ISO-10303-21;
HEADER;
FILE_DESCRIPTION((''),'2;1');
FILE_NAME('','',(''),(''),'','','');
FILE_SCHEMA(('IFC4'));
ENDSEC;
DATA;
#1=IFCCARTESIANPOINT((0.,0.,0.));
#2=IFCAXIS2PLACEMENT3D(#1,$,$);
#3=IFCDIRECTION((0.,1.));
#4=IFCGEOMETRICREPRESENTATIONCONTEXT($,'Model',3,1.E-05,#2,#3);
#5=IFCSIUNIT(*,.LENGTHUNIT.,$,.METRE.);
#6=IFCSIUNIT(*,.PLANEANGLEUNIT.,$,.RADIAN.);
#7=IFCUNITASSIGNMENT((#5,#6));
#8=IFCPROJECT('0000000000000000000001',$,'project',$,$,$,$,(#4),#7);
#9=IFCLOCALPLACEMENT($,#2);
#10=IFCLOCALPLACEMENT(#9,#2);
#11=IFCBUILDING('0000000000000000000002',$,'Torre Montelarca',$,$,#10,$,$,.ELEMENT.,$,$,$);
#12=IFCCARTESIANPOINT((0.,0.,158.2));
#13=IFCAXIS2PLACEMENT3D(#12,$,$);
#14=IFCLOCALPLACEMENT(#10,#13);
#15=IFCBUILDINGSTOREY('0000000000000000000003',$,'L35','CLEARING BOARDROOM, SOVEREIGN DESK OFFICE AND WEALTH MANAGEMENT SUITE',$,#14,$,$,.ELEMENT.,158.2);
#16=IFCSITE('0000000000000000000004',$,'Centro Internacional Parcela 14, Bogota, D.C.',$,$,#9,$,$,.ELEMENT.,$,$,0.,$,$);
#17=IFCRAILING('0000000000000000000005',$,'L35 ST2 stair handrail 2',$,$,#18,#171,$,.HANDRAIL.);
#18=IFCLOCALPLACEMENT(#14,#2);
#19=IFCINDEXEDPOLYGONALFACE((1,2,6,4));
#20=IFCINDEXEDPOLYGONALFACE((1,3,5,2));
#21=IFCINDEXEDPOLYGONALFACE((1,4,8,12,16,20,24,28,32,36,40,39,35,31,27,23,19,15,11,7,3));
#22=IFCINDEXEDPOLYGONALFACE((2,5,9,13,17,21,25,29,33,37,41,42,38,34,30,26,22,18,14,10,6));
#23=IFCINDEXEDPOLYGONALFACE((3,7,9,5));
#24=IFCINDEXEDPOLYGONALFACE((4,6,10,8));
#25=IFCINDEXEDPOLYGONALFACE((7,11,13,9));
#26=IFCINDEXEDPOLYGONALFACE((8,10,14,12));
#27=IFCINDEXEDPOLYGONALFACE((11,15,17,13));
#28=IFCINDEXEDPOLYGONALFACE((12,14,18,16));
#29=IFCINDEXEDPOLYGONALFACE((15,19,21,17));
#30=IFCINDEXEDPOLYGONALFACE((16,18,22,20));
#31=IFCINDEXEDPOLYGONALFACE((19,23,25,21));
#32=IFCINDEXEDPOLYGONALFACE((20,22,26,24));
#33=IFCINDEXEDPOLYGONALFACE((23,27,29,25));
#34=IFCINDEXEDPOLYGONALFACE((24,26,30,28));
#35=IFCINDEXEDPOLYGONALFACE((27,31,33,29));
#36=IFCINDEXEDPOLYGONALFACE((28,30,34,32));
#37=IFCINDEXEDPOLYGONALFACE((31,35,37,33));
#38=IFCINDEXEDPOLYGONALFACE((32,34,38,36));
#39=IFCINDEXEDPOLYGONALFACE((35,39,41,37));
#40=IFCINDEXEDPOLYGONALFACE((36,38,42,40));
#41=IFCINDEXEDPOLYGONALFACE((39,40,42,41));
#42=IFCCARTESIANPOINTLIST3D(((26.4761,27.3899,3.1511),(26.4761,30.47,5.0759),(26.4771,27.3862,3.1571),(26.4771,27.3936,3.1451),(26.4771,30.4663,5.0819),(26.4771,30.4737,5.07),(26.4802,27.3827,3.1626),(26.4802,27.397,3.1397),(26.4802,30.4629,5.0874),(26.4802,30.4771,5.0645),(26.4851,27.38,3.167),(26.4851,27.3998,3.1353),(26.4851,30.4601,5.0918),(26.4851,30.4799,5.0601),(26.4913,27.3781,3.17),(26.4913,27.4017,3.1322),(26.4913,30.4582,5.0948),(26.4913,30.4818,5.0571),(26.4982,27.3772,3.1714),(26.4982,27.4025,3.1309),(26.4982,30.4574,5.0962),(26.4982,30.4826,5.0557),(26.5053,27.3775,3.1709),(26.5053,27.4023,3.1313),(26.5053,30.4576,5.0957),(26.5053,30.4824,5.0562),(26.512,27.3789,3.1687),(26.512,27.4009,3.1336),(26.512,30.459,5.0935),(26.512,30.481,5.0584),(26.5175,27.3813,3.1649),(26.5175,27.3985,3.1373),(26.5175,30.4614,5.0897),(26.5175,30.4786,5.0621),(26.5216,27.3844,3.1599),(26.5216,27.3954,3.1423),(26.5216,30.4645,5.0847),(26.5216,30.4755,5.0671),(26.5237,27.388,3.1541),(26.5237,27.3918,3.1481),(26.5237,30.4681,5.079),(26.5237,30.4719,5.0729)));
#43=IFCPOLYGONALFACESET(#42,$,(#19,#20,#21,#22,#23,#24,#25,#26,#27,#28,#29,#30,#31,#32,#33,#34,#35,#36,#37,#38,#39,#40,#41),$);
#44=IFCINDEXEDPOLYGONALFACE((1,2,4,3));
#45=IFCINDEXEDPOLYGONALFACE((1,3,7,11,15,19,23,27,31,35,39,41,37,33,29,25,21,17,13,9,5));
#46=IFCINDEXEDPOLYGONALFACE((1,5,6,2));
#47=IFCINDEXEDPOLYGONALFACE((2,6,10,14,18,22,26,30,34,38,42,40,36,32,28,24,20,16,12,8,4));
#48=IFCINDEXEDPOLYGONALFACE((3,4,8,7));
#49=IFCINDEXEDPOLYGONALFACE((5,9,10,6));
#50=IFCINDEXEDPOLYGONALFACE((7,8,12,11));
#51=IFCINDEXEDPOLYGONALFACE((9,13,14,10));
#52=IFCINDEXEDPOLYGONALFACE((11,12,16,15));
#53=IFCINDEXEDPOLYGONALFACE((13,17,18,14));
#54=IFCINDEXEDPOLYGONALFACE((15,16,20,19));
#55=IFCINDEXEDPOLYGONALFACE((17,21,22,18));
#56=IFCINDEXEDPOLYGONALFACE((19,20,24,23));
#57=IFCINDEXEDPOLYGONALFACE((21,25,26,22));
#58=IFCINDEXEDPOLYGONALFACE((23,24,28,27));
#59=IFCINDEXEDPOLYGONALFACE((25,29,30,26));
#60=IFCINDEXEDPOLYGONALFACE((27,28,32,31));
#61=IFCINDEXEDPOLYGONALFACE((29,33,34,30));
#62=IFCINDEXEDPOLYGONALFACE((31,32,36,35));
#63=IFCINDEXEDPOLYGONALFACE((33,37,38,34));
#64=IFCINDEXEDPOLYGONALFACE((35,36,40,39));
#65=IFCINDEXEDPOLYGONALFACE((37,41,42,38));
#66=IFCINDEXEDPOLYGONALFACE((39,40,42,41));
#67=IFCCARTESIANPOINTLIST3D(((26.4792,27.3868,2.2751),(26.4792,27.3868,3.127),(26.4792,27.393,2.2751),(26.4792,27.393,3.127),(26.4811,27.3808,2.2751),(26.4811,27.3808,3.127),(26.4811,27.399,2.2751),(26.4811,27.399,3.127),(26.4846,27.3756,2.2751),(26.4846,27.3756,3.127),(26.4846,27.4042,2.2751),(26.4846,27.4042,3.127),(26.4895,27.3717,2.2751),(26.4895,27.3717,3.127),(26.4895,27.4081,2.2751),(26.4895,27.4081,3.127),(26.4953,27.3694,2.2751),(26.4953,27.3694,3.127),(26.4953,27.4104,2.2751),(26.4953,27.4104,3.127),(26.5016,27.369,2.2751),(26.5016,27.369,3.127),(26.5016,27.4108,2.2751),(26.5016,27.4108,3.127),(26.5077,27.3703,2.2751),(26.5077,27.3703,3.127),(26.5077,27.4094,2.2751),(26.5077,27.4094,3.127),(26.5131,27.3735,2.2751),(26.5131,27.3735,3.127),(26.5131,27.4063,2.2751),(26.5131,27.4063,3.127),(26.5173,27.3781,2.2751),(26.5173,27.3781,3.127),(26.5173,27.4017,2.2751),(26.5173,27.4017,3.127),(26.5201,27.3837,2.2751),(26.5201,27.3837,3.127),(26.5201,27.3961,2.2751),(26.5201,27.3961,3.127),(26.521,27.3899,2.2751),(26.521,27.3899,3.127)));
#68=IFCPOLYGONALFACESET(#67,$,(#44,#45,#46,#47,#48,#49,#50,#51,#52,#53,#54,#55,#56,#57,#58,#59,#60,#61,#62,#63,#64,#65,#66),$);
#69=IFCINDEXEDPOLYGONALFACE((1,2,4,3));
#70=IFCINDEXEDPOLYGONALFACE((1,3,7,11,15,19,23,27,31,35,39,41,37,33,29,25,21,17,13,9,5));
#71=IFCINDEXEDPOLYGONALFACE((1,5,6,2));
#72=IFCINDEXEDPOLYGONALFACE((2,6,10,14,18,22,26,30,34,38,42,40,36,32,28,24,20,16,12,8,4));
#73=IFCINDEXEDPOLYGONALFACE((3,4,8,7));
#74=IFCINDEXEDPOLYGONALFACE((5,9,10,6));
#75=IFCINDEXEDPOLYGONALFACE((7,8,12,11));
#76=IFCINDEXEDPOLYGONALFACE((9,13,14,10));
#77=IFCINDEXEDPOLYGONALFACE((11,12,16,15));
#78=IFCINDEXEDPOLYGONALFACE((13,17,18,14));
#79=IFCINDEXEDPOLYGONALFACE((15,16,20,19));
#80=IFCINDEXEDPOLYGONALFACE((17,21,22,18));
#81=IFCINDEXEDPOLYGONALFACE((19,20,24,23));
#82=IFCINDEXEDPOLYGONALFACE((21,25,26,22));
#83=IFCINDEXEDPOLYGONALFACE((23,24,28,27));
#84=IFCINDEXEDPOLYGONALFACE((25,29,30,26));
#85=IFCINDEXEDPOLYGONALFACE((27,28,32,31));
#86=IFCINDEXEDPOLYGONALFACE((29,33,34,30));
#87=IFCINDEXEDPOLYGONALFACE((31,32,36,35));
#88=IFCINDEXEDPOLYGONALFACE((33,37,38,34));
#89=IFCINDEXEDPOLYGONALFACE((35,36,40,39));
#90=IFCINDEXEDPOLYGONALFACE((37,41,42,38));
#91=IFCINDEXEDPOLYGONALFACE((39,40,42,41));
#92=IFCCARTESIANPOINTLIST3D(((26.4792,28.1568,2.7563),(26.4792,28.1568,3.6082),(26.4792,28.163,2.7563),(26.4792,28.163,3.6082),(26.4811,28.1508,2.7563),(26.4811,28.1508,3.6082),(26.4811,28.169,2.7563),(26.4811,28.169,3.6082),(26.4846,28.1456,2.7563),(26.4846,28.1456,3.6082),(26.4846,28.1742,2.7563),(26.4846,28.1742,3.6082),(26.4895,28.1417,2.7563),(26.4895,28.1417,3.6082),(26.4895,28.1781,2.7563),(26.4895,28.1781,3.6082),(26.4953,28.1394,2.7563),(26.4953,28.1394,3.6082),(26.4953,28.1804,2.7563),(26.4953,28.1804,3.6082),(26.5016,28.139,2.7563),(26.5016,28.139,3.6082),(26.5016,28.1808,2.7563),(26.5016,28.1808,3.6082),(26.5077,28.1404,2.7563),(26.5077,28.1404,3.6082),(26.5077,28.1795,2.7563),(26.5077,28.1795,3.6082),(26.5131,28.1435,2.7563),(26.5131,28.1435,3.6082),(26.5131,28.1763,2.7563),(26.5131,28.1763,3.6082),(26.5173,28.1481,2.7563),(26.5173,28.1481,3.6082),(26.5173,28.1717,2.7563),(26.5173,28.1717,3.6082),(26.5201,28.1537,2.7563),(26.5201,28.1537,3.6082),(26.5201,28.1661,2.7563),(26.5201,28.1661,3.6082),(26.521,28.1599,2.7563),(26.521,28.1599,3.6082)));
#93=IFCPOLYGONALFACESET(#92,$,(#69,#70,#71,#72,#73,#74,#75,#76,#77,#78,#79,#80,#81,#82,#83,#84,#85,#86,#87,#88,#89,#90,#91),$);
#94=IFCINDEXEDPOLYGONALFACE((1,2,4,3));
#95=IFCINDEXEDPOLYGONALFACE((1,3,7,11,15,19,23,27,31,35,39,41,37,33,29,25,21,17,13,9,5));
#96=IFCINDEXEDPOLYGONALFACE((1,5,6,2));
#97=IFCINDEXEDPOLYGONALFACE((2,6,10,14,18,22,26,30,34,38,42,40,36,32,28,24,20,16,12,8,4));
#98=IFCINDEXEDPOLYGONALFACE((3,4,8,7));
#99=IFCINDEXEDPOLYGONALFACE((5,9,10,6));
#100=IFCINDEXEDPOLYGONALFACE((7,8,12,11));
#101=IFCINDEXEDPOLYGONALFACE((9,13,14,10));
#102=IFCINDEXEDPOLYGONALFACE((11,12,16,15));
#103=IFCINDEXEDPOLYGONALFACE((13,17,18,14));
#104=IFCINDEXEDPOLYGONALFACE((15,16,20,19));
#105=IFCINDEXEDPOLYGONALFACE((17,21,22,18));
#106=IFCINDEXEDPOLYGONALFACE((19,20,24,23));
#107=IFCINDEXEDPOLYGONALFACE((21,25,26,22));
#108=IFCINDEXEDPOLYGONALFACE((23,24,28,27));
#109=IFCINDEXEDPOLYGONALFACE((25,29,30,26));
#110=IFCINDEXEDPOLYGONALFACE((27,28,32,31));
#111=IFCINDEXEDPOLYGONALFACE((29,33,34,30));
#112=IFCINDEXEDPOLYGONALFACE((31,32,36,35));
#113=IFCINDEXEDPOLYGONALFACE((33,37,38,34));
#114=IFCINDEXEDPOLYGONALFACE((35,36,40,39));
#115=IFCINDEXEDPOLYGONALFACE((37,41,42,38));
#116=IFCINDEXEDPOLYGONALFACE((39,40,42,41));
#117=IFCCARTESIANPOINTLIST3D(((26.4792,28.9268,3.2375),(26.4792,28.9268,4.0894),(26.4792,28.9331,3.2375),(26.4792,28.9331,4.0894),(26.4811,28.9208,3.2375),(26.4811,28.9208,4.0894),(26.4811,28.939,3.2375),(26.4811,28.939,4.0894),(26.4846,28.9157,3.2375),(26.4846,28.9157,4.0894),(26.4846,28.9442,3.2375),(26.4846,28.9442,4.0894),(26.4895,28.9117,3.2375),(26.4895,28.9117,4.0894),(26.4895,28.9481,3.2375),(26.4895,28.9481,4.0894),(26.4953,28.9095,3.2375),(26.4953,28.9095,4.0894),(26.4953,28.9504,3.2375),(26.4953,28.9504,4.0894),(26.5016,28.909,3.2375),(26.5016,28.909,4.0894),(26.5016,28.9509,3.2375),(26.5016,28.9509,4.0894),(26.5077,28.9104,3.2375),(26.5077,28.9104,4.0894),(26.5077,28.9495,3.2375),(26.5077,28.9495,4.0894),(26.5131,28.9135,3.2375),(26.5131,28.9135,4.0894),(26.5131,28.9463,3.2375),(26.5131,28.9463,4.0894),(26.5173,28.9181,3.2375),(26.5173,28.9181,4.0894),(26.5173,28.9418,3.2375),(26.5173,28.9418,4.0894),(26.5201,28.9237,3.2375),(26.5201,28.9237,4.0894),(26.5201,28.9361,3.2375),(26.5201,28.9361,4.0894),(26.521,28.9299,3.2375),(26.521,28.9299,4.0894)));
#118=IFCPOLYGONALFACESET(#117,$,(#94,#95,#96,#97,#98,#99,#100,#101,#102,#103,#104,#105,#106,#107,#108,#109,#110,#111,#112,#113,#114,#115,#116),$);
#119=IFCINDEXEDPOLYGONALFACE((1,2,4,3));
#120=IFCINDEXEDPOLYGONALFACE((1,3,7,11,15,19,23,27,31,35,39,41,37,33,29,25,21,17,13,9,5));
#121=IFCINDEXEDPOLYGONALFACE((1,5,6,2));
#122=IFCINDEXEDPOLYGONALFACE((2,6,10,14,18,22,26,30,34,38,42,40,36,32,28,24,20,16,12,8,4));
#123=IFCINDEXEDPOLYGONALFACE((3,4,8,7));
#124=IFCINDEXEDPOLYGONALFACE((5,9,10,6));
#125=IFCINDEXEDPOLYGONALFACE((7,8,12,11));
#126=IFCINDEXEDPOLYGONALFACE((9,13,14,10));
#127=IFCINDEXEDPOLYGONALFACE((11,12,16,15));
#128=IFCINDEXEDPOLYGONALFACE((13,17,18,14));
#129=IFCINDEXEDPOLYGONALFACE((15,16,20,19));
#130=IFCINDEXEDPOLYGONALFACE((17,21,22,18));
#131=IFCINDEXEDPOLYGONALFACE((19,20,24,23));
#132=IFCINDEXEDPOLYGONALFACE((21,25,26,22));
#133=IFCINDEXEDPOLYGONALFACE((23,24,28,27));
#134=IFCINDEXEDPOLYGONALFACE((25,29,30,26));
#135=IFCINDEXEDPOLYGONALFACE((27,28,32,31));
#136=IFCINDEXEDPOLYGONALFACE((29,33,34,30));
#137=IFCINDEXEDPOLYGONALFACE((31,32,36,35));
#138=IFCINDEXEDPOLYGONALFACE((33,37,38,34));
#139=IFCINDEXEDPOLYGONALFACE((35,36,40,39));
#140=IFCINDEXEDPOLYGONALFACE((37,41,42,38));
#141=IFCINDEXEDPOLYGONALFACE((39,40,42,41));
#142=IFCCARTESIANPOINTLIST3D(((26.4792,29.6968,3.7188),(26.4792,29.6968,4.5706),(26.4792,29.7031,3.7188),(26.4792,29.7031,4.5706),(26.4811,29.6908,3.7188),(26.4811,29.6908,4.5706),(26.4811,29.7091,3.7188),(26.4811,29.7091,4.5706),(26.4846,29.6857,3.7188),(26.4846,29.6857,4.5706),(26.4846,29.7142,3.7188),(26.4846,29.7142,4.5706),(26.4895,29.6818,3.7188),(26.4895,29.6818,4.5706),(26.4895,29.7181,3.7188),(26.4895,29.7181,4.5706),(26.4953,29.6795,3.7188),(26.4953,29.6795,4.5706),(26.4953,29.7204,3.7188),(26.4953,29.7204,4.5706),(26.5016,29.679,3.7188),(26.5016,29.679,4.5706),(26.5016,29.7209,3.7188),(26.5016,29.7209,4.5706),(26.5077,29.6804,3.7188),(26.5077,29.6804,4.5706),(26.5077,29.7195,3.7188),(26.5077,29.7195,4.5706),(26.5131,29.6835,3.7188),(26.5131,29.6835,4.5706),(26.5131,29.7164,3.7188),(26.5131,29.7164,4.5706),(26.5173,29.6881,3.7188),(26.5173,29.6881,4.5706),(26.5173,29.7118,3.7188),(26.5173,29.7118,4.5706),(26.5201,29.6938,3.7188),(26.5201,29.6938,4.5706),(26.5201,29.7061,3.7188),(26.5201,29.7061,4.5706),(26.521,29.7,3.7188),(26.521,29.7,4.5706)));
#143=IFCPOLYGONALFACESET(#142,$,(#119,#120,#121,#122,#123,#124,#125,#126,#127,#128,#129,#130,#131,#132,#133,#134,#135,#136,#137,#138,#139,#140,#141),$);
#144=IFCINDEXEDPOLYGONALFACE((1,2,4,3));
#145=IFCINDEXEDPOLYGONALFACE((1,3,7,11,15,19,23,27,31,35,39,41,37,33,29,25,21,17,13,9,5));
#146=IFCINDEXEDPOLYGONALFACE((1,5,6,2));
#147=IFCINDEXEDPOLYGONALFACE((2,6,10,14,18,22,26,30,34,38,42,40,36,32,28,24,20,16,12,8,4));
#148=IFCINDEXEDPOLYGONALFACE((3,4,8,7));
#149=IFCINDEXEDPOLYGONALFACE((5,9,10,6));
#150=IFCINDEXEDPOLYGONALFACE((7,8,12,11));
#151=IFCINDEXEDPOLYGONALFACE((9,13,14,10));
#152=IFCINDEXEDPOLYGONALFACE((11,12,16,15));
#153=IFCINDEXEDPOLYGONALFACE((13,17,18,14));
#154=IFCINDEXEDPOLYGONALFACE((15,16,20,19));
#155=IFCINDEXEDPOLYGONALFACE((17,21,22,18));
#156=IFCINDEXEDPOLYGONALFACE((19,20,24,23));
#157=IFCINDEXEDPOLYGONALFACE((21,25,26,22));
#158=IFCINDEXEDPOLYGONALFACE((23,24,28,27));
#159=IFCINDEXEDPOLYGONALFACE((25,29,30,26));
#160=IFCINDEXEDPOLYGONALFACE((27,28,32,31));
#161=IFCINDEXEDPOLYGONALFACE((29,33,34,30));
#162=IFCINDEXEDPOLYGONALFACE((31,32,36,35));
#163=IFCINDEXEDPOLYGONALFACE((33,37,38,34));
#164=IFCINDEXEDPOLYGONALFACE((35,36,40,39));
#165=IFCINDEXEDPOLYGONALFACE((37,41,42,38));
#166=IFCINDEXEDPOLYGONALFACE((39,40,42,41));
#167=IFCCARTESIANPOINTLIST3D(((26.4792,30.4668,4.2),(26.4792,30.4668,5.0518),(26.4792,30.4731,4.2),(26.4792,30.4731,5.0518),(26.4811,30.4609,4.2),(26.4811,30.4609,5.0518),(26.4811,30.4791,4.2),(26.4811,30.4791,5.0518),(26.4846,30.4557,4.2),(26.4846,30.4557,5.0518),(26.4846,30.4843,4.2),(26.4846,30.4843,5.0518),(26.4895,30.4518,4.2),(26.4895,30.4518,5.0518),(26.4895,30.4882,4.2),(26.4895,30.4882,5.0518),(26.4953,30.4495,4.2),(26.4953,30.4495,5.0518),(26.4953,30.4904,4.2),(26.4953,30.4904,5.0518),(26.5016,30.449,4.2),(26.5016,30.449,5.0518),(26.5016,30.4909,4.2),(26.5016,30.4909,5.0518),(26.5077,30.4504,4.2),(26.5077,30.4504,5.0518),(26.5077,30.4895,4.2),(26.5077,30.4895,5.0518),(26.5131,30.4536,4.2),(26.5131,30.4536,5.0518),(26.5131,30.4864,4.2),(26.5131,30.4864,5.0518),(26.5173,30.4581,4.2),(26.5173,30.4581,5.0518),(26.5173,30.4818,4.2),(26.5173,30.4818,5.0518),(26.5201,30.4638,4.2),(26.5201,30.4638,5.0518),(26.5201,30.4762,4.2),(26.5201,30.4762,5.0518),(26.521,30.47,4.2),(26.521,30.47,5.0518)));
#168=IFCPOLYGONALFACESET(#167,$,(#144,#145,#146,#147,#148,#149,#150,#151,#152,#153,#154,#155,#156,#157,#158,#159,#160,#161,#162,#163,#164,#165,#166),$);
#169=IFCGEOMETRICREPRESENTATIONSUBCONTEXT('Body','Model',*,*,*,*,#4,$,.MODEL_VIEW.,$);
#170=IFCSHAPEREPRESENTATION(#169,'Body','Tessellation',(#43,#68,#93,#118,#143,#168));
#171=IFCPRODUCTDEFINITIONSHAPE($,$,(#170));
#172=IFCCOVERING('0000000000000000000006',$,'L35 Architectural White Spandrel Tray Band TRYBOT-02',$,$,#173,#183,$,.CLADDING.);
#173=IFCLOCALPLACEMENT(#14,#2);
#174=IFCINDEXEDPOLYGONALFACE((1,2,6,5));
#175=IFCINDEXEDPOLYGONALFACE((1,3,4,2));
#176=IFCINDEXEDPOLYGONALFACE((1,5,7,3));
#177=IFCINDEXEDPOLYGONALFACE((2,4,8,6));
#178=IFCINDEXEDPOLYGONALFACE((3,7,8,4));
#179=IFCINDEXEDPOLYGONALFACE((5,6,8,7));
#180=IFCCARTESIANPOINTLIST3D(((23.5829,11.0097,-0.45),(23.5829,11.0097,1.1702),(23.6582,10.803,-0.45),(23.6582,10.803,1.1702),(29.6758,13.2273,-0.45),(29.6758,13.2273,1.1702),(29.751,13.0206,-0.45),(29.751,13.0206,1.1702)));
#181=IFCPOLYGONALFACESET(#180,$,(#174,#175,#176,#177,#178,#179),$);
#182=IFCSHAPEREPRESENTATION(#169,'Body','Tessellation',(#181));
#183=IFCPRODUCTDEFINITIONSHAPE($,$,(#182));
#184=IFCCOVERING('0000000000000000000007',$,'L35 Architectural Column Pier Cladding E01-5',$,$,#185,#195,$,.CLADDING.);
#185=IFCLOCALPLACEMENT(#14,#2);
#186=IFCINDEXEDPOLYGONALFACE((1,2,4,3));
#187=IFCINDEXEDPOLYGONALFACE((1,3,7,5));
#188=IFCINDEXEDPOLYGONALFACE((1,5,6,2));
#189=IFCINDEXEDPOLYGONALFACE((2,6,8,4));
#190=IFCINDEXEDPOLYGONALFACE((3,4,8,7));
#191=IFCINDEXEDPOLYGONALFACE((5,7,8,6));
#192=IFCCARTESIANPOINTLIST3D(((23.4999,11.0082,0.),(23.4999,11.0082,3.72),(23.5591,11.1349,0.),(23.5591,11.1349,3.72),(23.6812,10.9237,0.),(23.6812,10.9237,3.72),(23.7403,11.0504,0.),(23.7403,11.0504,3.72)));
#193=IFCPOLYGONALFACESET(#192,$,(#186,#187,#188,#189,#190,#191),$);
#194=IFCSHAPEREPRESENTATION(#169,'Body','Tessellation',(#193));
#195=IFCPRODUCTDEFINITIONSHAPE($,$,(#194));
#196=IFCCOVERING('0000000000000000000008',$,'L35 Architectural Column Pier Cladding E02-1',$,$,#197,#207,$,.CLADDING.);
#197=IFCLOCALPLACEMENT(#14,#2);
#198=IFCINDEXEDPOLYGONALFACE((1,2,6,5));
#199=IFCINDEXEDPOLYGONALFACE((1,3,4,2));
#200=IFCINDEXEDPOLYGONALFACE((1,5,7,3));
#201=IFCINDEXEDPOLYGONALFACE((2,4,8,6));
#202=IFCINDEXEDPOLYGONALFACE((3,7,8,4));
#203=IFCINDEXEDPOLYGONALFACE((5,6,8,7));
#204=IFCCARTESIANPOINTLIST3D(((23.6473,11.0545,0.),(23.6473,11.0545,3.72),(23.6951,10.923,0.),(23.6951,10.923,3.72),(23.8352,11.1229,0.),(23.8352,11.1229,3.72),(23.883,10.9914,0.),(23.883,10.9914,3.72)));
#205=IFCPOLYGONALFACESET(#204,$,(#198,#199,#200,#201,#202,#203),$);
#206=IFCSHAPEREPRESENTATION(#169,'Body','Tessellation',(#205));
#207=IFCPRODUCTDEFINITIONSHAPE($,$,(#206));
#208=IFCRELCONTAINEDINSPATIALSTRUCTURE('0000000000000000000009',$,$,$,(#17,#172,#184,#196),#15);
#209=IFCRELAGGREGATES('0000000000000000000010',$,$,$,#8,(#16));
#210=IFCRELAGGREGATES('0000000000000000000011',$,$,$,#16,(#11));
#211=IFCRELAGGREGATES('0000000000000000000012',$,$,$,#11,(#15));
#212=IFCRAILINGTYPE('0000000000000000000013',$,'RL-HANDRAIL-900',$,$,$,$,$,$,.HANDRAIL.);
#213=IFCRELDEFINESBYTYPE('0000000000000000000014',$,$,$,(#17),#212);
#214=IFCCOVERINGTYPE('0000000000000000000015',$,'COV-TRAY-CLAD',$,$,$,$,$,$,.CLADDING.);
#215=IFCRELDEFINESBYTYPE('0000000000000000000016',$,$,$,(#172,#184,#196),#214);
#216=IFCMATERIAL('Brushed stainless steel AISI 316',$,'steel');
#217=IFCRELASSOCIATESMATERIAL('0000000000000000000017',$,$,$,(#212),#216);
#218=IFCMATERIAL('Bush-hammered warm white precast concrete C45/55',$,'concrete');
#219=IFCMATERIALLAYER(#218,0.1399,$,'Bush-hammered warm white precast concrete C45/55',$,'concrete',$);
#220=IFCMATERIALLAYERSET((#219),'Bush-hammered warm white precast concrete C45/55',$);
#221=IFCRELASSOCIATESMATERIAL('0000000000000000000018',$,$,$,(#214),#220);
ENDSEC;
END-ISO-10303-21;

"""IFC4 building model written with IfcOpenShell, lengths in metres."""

from ifc_helpers import new_model, si_unit, direction, frame, origin, origin_2d, place, context, subcontext, project, spatial, rectangle, circle, extrude, source, transform, mapped, material, layer, layer_set, type_object, element, save


model = new_model("IFC4")

# Units and contexts
model_context = context("Model", 3, precision=1e-05, world=origin(), true_north=direction((0.0, 1.0)))
body_context = subcontext(model_context, "Body", "Model", "MODEL_VIEW")
ifc_project = project(units=[si_unit("LENGTHUNIT", "METRE"), si_unit("PLANEANGLEUNIT", "RADIAN")], contexts=[model_context])

# Site, building, storey
site_placement = place(None, origin())
site = spatial("IfcSite", under=ifc_project, at=site_placement, Name="Centro Internacional Parcela 14, Bogota, D.C.", CompositionType="ELEMENT", RefElevation=0.0)
building_placement = place(site_placement, origin())
building = spatial("IfcBuilding", under=site, at=building_placement, Name="Torre Montelarca", CompositionType="ELEMENT")
storey_placement = place(building_placement, frame((0.0, 0.0, 158.2)))
storey = spatial("IfcBuildingStorey", under=building, at=storey_placement, Name="L35", Description="CLEARING BOARDROOM, SOVEREIGN DESK OFFICE AND WEALTH MANAGEMENT SUITE", CompositionType="ELEMENT", Elevation=158.2)

# Railing
ifc_material_1 = material(Name="Brushed stainless steel AISI 316", Category="steel")
railing_type_1 = type_object("IfcRailingType", Name="RL-HANDRAIL-900", PredefinedType="HANDRAIL", material=ifc_material_1)
railing_1_placement = place(storey_placement, frame((26.5, 27.3899, 2.2751)))
element("IfcRailing", 1, at=railing_1_placement, inside=storey, type_object=railing_type_1, Name="L35 ST2 stair handrail 2", PredefinedType="HANDRAIL", context=body_context, shape_type="SweptSolid", body=[
    extrude(circle(Radius=0.0239, at=origin_2d()), frame((0.0, 0.0, 0.876), z_axis=(0.0, 0.848029, 0.529951), x_axis=(-1.0, 0.0, 0.0)), (0.0, 0.0, 1.0), 3.6321),
    extrude(circle(Radius=0.021, at=origin_2d()), origin(), (0.0, 0.0, 1.0), 0.8518),
    extrude(circle(Radius=0.021, at=origin_2d()), frame((0.0, 0.77, 0.4812)), (0.0, 0.0, 1.0), 0.8518),
    extrude(circle(Radius=0.021, at=origin_2d()), frame((0.0, 1.54, 0.9624)), (0.0, 0.0, 1.0), 0.8518),
    extrude(circle(Radius=0.021, at=origin_2d()), frame((0.0, 2.3101, 1.4436)), (0.0, 0.0, 1.0), 0.8518),
    extrude(circle(Radius=0.021, at=origin_2d()), frame((0.0, 3.0801, 1.9248)), (0.0, 0.0, 1.0), 0.8518),
])

# Coverings
ifc_material_2 = material(Name="Bush-hammered warm white precast concrete C45/55", Category="concrete")
ifc_layer_1 = layer(ifc_material_2, 0.1399, Name="Bush-hammered warm white precast concrete C45/55", Category="concrete")
ifc_layer_set_1 = layer_set([ifc_layer_1], Name="Bush-hammered warm white precast concrete C45/55")
covering_type = type_object("IfcCoveringType", Name="COV-TRAY-CLAD", PredefinedType="CLADDING", material=ifc_layer_set_1)
shared_shape_1 = source(origin(), body_context, "Body", "SweptSolid", [
    extrude(rectangle(XDim=6.4839, YDim=0.22, at=origin_2d()), origin(), (0.0, 0.0, 1.0), 1.6201),
])
covering_1_placement = place(storey_placement, frame((26.667, 12.0151, -0.45), z_axis=(0.0, 0.0, 1.0), x_axis=(0.939693, 0.342019, 0.0)))
element("IfcCovering", 2, at=covering_1_placement, inside=storey, type_object=covering_type, Name="L35 Architectural White Spandrel Tray Band TRYBOT-02", PredefinedType="CLADDING", context=body_context, shape_type="MappedRepresentation", body=[
    mapped(shared_shape_1, transform((0.0, 0.0, 0.0), scale=1.0)),
])
shared_shape_2 = source(origin(), body_context, "Body", "SweptSolid", [
    extrude(rectangle(XDim=0.2, YDim=0.1399, at=origin_2d()), origin(), (0.0, 0.0, 1.0), 3.72),
])
for number, where, z_axis, x_axis, name in (
    (3, (23.6201, 11.0293, 0.0), (0.0, 0.0, 1.0), (0.906309, -0.422617, 0.0), "L35 Architectural Column Pier Cladding E01-5"),
    (4, (23.7651, 11.0229, 0.0), (0.0, 0.0, 1.0), (0.939695, 0.342014, 0.0), "L35 Architectural Column Pier Cladding E02-1"),
):
    element("IfcCovering", number, at=place(storey_placement, frame(where, z_axis=z_axis, x_axis=x_axis)), inside=storey, type_object=covering_type, Name=name, PredefinedType="CLADDING", context=body_context, shape_type="MappedRepresentation", body=[
        mapped(shared_shape_2, transform((0.0, 0.0, 0.0), scale=1.0)),
    ])

save(model, "model.ifc")
